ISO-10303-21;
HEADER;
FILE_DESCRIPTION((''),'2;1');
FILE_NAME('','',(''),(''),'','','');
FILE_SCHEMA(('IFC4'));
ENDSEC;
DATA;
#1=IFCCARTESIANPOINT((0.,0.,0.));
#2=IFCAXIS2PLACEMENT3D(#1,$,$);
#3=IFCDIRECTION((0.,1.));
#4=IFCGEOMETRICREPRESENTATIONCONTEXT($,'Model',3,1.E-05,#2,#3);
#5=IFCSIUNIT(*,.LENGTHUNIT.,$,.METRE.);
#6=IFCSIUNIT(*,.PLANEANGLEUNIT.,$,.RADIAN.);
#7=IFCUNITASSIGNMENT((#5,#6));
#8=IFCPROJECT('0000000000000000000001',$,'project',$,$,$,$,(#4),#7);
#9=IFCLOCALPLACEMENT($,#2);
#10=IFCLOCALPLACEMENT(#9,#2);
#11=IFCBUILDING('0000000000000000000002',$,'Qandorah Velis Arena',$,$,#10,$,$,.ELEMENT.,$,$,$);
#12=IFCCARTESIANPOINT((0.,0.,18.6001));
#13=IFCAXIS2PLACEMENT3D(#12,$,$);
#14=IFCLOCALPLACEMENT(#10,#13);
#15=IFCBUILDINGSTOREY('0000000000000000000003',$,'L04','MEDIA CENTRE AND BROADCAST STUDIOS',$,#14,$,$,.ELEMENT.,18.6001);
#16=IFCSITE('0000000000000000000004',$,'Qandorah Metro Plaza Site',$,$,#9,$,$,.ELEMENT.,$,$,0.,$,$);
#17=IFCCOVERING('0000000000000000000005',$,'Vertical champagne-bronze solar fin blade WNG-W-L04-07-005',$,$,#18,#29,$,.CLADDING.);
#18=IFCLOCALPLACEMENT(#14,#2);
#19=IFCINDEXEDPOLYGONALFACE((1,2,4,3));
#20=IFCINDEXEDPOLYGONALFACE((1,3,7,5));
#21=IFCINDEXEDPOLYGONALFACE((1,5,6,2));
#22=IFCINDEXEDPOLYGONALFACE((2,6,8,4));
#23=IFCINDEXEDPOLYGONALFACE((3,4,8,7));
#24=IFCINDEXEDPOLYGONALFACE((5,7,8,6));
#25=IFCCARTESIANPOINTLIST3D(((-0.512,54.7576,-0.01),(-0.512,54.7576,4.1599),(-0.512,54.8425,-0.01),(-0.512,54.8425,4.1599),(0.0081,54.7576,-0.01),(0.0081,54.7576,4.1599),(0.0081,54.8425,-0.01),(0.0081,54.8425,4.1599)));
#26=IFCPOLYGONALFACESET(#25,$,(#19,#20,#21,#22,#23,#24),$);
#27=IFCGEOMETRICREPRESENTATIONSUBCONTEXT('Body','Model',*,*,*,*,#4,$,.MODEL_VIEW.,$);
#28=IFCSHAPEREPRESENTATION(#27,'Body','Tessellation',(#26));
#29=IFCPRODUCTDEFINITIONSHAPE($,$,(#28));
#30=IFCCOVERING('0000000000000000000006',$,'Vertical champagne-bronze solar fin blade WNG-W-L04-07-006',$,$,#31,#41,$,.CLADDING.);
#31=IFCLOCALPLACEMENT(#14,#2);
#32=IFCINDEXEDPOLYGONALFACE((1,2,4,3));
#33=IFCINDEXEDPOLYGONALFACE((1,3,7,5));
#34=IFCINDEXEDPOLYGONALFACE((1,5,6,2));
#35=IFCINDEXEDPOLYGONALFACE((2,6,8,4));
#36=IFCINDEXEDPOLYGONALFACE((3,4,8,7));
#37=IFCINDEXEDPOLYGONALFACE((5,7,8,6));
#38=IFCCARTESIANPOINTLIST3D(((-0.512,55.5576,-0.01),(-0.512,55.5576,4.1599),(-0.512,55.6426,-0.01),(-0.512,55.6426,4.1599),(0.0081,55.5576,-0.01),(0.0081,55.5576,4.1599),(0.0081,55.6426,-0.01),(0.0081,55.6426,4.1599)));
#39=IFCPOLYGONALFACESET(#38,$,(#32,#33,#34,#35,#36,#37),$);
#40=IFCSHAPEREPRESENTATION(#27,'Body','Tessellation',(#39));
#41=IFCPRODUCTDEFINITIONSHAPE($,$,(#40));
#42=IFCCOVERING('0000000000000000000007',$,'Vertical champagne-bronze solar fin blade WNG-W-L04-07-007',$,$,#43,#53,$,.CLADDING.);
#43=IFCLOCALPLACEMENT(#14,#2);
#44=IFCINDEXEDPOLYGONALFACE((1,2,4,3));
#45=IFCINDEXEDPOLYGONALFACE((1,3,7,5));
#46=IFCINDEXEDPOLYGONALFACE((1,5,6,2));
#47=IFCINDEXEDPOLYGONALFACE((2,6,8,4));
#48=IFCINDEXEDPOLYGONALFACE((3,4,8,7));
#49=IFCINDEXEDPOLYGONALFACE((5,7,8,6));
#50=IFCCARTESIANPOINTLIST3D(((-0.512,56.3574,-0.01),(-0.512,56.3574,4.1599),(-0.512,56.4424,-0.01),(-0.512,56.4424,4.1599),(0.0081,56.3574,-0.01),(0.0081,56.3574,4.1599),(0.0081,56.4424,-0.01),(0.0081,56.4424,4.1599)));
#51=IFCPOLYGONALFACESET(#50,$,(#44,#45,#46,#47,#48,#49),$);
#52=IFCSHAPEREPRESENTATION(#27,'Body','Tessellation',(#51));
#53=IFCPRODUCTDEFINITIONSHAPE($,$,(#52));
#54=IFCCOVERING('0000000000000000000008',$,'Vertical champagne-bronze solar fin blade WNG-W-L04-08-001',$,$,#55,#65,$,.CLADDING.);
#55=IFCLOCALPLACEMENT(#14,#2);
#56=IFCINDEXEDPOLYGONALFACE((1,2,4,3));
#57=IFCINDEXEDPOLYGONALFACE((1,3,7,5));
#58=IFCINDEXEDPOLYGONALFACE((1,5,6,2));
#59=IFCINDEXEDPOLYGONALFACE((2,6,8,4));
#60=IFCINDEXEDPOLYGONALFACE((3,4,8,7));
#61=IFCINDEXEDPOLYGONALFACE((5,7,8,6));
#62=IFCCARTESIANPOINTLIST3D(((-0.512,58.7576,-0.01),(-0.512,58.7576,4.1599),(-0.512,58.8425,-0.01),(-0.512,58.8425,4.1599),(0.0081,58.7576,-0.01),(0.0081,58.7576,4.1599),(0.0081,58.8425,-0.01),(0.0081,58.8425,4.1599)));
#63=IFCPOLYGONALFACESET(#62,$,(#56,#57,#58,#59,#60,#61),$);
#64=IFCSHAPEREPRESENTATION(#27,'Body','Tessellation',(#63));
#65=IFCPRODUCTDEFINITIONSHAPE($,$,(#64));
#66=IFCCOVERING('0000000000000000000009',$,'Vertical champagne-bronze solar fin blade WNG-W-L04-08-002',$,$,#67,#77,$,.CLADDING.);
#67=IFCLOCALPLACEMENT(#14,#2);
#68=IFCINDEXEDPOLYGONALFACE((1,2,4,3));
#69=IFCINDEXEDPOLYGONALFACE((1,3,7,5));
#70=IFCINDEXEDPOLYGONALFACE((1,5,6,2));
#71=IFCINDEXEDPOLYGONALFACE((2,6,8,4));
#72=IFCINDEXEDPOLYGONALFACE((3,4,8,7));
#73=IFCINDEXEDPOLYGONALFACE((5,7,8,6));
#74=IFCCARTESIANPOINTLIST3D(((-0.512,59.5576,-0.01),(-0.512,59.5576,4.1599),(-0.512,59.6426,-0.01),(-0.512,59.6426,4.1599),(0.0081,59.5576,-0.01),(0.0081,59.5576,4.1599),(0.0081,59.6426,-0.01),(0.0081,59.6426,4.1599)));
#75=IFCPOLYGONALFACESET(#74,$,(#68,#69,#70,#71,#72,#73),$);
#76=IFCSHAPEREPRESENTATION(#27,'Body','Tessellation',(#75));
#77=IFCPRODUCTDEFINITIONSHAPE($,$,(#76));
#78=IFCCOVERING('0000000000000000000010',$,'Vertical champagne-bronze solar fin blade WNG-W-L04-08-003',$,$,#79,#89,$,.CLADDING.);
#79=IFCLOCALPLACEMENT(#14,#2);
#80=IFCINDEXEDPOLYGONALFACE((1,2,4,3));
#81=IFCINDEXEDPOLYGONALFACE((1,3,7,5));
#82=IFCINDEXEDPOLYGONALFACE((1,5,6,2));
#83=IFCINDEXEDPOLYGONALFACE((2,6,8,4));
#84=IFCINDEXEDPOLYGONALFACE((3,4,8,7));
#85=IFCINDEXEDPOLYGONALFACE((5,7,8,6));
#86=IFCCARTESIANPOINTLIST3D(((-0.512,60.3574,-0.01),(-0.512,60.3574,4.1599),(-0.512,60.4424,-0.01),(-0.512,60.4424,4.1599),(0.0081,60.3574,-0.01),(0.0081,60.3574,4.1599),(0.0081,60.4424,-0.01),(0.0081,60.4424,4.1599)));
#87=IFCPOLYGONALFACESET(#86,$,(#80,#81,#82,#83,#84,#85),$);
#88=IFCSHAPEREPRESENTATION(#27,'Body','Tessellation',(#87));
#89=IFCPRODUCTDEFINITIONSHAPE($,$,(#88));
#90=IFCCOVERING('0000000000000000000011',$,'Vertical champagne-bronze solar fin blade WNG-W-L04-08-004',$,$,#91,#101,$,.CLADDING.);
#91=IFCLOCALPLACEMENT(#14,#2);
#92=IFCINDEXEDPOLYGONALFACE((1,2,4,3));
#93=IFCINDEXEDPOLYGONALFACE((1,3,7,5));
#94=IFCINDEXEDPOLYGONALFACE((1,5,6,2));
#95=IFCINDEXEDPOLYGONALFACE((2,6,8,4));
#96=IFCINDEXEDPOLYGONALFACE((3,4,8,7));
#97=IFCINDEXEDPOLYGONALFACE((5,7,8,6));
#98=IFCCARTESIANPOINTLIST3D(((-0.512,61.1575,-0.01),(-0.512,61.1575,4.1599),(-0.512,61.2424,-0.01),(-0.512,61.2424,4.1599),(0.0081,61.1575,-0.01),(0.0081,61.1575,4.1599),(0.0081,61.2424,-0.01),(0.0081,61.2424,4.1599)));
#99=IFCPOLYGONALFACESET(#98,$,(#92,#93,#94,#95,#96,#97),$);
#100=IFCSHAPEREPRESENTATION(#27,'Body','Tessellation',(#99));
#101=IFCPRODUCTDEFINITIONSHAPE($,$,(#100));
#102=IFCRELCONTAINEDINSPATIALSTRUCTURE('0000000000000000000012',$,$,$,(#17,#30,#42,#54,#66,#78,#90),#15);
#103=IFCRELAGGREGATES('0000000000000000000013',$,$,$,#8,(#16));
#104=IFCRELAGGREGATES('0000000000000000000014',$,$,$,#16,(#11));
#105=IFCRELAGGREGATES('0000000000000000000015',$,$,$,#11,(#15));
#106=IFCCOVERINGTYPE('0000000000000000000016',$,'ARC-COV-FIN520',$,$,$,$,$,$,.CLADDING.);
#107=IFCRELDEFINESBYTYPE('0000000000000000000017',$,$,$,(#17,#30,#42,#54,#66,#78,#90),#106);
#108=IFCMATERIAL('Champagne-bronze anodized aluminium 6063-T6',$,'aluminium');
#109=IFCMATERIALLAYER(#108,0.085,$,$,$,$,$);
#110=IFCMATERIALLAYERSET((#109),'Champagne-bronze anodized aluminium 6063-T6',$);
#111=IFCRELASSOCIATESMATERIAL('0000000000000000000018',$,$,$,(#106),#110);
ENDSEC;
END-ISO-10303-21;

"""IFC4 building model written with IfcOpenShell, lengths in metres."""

from ifc_helpers import new_model, si_unit, direction, frame, origin, origin_2d, place, context, subcontext, project, spatial, rectangle, extrude, material, layer, layer_set, type_object, element, save


model = new_model("IFC4")

# Units and contexts
model_context = context("Model", 3, precision=1e-05, world=origin(), true_north=direction((0.0, 1.0)))
body_context = subcontext(model_context, "Body", "Model", "MODEL_VIEW")
ifc_project = project(units=[si_unit("LENGTHUNIT", "METRE"), si_unit("PLANEANGLEUNIT", "RADIAN")], contexts=[model_context])

# Site, building, storey
site_placement = place(None, origin())
site = spatial("IfcSite", under=ifc_project, at=site_placement, Name="Qandorah Metro Plaza Site", CompositionType="ELEMENT", RefElevation=0.0)
building_placement = place(site_placement, origin())
building = spatial("IfcBuilding", under=site, at=building_placement, Name="Qandorah Velis Arena", CompositionType="ELEMENT")
storey_placement = place(building_placement, frame((0.0, 0.0, 18.6001)))
storey = spatial("IfcBuildingStorey", under=building, at=storey_placement, Name="L04", Description="MEDIA CENTRE AND BROADCAST STUDIOS", CompositionType="ELEMENT", Elevation=18.6001)

# Shared definitions
ifc_material_1 = material(Name="Champagne-bronze anodized aluminium 6063-T6", Category="aluminium")

# Coverings
ifc_layer_1 = layer(ifc_material_1, 0.085)
ifc_layer_set_1 = layer_set([ifc_layer_1], Name="Champagne-bronze anodized aluminium 6063-T6")
covering_type = type_object("IfcCoveringType", Name="ARC-COV-FIN520", PredefinedType="CLADDING", material=ifc_layer_set_1)
for number, where, z_axis, x_axis, name in (
    (1, (-0.252, 54.8, -0.01), (0.0, 0.0, 1.0), (1.0, 0.0, 0.0), "Vertical champagne-bronze solar fin blade WNG-W-L04-07-005"),
    (2, (-0.252, 55.6001, -0.01), (0.0, 0.0, 1.0), (1.0, 0.0, 0.0), "Vertical champagne-bronze solar fin blade WNG-W-L04-07-006"),
    (3, (-0.252, 56.3999, -0.01), (0.0, 0.0, 1.0), (1.0, 0.0, 0.0), "Vertical champagne-bronze solar fin blade WNG-W-L04-07-007"),
    (4, (-0.252, 58.8, -0.01), (0.0, 0.0, 1.0), (1.0, 0.0, 0.0), "Vertical champagne-bronze solar fin blade WNG-W-L04-08-001"),
    (5, (-0.252, 59.6001, -0.01), (0.0, 0.0, 1.0), (1.0, 0.0, 0.0), "Vertical champagne-bronze solar fin blade WNG-W-L04-08-002"),
    (6, (-0.252, 60.3999, -0.01), (0.0, 0.0, 1.0), (1.0, 0.0, 0.0), "Vertical champagne-bronze solar fin blade WNG-W-L04-08-003"),
    (7, (-0.252, 61.2, -0.01), (0.0, 0.0, 1.0), (1.0, 0.0, 0.0), "Vertical champagne-bronze solar fin blade WNG-W-L04-08-004"),
):
    element("IfcCovering", number, at=place(storey_placement, frame(where, z_axis=z_axis, x_axis=x_axis)), inside=storey, type_object=covering_type, Name=name, PredefinedType="CLADDING", context=body_context, shape_type="SweptSolid", body=[
        extrude(rectangle(XDim=0.52, YDim=0.085, at=origin_2d()), origin(), (0.0, 0.0, 1.0), 4.1699),
    ])

save(model, "model.ifc")
